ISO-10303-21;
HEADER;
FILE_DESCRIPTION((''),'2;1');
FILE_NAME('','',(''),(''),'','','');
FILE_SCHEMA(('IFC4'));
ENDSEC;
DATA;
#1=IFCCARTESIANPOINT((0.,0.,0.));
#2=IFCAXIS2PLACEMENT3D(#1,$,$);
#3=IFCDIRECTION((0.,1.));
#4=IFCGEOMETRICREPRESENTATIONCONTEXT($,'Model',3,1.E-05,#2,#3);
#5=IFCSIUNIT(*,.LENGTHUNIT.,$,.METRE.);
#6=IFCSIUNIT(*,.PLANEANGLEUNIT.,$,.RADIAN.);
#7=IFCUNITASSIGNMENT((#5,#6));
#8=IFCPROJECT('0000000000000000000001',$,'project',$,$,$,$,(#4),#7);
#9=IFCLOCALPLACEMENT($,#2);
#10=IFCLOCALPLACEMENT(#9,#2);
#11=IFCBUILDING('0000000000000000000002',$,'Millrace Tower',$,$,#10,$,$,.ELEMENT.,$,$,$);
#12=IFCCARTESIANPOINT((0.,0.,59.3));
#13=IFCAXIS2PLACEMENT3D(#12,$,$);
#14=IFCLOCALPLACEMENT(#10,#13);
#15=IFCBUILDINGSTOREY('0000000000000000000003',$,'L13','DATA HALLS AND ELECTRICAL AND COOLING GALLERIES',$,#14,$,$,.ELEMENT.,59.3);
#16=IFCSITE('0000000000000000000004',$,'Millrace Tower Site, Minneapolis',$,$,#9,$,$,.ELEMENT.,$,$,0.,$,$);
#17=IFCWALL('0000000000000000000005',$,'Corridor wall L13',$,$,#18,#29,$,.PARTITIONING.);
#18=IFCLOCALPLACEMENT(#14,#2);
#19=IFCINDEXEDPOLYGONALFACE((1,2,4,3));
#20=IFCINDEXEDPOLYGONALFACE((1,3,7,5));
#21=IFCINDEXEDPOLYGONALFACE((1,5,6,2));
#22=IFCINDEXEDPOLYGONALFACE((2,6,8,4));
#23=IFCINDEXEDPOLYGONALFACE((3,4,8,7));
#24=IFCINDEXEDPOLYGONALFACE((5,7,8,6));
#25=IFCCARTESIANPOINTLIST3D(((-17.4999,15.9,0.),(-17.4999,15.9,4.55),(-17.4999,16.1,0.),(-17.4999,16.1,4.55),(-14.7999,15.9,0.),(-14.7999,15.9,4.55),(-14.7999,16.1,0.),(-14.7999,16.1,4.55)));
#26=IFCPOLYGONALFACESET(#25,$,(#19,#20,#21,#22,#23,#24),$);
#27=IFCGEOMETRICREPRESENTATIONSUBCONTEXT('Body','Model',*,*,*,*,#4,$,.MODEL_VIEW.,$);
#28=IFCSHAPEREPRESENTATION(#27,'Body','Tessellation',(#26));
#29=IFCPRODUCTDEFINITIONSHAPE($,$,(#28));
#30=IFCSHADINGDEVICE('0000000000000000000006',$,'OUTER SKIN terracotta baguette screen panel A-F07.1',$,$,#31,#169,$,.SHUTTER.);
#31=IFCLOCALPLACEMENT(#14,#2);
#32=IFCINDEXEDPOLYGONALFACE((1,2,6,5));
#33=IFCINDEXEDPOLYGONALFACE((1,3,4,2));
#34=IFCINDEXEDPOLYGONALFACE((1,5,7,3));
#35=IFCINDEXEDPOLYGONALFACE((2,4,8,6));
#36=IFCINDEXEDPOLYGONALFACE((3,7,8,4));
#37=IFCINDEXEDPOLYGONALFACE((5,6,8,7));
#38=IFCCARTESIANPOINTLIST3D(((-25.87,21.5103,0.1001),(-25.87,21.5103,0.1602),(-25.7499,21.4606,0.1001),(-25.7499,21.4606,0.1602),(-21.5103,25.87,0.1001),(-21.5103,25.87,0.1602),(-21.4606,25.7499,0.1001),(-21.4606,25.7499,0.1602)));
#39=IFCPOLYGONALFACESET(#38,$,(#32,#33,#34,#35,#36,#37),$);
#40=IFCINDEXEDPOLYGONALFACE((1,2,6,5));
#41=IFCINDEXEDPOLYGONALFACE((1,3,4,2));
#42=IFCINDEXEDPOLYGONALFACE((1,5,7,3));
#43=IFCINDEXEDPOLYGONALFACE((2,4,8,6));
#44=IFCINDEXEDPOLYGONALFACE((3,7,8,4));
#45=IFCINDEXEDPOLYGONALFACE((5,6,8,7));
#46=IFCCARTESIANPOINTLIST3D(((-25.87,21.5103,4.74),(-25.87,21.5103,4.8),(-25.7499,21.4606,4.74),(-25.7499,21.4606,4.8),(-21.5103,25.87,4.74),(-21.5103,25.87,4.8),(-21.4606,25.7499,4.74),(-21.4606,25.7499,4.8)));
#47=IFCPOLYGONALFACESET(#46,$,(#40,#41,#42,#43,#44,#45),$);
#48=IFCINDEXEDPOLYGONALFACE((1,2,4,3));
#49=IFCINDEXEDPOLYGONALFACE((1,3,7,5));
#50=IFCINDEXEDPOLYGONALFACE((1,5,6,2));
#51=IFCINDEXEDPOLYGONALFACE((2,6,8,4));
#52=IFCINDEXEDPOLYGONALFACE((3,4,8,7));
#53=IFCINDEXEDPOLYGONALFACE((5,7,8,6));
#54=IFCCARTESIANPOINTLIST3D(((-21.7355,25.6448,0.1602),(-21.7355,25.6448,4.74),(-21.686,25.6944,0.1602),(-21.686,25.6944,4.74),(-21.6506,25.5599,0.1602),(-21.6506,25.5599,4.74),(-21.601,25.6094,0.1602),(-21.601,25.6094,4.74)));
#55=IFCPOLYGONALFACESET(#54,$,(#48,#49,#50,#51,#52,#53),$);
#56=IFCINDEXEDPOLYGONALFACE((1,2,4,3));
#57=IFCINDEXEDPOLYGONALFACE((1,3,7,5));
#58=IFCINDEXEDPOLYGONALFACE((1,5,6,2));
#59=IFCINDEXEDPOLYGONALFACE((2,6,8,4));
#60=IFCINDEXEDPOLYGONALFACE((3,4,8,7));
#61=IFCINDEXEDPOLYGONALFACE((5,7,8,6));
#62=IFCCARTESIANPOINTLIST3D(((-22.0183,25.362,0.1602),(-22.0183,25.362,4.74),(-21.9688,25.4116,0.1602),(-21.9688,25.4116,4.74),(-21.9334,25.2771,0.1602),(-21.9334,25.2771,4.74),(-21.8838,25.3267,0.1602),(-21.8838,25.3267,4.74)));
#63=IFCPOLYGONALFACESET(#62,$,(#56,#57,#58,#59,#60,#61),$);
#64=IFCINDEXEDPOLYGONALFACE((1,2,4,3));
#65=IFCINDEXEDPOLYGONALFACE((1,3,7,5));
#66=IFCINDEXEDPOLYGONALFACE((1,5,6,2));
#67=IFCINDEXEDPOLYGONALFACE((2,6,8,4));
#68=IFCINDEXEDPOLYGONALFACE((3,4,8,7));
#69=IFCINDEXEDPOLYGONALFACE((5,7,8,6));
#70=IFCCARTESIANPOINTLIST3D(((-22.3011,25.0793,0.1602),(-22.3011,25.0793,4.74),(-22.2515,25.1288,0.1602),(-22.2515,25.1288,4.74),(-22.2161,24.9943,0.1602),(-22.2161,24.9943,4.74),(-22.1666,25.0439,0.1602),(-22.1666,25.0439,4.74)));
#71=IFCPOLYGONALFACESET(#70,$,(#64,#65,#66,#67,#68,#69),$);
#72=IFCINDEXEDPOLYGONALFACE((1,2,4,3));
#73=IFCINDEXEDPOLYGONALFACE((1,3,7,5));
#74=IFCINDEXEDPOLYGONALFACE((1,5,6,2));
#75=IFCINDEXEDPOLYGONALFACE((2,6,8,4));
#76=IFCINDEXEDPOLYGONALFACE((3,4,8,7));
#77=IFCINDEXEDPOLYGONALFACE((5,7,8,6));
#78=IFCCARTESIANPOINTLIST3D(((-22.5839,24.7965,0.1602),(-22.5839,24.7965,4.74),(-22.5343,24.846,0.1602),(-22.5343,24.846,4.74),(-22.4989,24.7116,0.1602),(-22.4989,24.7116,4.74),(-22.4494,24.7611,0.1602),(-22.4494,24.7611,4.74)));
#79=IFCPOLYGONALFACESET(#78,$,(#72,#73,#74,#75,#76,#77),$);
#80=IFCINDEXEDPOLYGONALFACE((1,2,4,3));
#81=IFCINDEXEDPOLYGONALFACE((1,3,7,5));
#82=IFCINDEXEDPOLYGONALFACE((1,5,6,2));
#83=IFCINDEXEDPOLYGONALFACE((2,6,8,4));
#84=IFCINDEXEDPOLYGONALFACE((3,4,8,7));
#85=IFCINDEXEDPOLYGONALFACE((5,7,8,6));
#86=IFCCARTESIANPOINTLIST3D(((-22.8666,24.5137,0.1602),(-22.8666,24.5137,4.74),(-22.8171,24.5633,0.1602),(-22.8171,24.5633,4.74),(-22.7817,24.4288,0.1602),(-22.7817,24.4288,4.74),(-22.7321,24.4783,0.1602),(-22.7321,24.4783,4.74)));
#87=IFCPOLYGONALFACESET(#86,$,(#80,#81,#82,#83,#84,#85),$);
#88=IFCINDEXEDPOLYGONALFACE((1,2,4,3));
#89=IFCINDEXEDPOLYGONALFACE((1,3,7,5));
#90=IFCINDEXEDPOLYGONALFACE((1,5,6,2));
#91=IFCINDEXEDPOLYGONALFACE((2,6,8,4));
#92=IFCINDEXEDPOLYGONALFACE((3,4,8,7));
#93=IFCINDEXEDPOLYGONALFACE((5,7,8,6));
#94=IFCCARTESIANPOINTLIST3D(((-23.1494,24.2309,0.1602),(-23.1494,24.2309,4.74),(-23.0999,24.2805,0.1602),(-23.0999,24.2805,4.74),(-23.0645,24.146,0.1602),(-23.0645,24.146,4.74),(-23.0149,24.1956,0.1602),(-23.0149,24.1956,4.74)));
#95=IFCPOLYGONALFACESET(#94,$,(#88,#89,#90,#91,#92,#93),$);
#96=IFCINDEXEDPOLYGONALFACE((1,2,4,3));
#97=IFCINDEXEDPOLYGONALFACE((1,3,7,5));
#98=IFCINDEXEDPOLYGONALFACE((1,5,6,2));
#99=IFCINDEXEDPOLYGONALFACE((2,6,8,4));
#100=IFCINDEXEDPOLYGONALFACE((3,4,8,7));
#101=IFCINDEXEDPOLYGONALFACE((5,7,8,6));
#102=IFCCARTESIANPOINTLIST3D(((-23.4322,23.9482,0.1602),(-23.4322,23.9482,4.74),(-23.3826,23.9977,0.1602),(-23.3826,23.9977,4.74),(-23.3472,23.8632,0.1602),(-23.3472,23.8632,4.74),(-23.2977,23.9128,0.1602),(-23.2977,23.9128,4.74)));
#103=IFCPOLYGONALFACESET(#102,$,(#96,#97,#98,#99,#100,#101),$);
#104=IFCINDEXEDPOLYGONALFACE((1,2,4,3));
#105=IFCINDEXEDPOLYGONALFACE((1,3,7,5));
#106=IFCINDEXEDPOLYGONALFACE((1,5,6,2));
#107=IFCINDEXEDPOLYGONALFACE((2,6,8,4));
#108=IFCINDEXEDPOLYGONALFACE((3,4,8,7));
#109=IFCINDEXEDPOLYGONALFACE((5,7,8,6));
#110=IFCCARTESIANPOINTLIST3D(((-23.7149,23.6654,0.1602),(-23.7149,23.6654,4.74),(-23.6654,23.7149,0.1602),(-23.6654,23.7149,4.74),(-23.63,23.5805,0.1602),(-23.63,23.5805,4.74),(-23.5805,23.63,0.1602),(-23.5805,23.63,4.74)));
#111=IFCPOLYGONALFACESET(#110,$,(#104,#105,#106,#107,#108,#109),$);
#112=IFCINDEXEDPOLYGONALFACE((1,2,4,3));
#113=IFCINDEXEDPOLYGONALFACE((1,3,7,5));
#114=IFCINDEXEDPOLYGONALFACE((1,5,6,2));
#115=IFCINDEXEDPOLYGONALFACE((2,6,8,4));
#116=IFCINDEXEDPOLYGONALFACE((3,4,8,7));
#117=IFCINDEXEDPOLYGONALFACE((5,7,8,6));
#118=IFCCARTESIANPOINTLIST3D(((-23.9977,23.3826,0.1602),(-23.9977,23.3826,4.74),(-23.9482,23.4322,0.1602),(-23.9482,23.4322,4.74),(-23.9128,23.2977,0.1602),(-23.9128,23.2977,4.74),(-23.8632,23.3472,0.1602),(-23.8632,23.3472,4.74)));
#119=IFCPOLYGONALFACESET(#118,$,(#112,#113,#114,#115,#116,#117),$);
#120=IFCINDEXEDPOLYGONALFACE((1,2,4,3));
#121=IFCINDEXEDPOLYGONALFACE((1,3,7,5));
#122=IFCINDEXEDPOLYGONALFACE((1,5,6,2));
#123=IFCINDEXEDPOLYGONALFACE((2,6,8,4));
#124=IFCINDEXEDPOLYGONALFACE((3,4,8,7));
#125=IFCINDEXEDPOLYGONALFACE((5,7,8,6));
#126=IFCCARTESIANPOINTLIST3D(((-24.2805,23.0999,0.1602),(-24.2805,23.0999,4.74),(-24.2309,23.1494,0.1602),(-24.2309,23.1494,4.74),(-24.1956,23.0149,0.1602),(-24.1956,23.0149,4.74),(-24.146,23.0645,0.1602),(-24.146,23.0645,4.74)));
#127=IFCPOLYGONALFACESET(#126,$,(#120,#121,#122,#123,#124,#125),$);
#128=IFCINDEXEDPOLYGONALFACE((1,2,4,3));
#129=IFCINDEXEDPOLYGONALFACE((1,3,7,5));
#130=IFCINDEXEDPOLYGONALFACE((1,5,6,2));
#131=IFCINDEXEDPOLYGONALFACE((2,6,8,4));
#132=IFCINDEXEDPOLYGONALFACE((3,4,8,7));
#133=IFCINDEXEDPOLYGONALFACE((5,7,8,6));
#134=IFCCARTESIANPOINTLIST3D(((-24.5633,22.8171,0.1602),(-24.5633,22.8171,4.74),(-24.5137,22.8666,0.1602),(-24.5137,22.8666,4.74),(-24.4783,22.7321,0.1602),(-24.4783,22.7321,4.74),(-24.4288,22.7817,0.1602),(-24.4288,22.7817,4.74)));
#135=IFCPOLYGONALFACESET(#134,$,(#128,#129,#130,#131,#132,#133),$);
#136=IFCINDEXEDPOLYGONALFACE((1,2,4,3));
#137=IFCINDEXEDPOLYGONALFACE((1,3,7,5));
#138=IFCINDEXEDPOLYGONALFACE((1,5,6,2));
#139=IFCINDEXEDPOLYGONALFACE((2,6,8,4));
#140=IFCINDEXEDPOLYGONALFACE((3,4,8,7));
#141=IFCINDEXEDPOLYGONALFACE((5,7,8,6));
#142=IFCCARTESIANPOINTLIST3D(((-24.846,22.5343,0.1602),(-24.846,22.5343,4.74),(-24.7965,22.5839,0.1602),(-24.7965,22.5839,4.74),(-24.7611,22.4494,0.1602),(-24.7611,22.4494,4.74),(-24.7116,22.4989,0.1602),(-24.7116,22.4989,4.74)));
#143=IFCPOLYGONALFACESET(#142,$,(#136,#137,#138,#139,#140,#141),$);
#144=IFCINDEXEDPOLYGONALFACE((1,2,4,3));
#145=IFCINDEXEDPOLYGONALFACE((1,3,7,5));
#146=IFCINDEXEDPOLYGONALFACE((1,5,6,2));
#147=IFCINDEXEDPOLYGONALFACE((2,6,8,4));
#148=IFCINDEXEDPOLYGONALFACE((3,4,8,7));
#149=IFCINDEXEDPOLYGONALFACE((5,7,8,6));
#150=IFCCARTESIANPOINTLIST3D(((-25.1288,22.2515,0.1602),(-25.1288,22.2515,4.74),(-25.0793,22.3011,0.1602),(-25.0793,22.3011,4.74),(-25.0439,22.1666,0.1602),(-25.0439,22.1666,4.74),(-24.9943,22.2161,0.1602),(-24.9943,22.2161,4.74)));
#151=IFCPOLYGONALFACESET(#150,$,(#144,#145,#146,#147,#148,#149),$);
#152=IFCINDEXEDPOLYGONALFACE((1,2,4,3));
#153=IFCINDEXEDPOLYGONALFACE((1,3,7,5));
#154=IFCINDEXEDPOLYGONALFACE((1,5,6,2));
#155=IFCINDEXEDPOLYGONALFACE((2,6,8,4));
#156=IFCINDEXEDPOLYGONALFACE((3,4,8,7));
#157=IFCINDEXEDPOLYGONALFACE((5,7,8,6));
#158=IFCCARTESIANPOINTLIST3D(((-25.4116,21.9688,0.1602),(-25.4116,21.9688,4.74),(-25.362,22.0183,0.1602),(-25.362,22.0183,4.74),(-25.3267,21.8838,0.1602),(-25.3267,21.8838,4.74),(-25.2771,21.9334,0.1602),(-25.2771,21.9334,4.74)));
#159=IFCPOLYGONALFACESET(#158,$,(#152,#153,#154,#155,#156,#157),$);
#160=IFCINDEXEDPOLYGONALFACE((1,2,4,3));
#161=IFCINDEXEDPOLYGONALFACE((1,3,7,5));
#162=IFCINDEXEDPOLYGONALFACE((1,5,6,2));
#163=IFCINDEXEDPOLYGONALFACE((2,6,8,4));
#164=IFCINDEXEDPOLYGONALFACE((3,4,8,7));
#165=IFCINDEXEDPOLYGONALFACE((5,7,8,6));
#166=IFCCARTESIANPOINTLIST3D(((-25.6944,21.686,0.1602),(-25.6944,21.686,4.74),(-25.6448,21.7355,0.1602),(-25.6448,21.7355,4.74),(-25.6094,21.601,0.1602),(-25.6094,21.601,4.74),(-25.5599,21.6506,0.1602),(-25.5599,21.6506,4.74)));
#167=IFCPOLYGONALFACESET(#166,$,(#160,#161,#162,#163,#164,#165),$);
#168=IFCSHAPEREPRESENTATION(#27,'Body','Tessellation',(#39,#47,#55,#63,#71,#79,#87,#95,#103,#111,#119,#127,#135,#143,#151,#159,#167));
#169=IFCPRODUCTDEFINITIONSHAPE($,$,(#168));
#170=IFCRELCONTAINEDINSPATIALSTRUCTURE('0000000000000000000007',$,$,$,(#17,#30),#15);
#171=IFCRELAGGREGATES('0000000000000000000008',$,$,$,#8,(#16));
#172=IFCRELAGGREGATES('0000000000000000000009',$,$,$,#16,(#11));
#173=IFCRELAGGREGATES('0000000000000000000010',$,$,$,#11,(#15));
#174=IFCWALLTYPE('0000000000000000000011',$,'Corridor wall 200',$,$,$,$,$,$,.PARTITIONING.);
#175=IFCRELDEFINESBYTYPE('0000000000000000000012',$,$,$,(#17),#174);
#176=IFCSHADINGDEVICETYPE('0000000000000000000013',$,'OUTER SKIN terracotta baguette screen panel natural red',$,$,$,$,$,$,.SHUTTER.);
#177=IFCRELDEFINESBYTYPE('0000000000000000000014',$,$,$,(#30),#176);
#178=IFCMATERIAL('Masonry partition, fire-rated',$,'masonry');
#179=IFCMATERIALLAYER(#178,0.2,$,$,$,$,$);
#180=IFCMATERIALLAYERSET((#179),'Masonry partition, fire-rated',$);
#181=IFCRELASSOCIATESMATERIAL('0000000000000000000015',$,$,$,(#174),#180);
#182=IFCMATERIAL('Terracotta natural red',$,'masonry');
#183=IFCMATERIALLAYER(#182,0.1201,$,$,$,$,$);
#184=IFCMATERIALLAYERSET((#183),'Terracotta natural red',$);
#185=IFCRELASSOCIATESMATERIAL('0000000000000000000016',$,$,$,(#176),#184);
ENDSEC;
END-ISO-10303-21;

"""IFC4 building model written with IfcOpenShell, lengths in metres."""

from ifc_helpers import new_model, entity, si_unit, direction, frame, frame_2d, origin, origin_2d, place, context, subcontext, project, spatial, rectangle, extrude, source, transform, mapped, material, layer, layer_set, type_object, element, save


model = new_model("IFC4")

# Units and contexts
model_context = context("Model", 3, precision=1e-05, world=origin(), true_north=direction((0.0, 1.0)))
body_context = subcontext(model_context, "Body", "Model", "MODEL_VIEW")
ifc_project = project(units=[si_unit("LENGTHUNIT", "METRE"), si_unit("PLANEANGLEUNIT", "RADIAN")], contexts=[model_context])

# Site, building, storey
site_placement = place(None, origin())
site = spatial("IfcSite", under=ifc_project, at=site_placement, Name="Millrace Tower Site, Minneapolis", CompositionType="ELEMENT", RefElevation=0.0)
building_placement = place(site_placement, origin())
building = spatial("IfcBuilding", under=site, at=building_placement, Name="Millrace Tower", CompositionType="ELEMENT")
storey_placement = place(building_placement, frame((0.0, 0.0, 59.3)))
storey = spatial("IfcBuildingStorey", under=building, at=storey_placement, Name="L13", Description="DATA HALLS AND ELECTRICAL AND COOLING GALLERIES", CompositionType="ELEMENT", Elevation=59.3)

# Wall
ifc_material_1 = material(Name="Masonry partition, fire-rated", Category="masonry")
ifc_layer_1 = layer(ifc_material_1, 0.2)
ifc_layer_set_1 = layer_set([ifc_layer_1], Name="Masonry partition, fire-rated")
wall_type = type_object("IfcWallType", Name="Corridor wall 200", PredefinedType="PARTITIONING", material=ifc_layer_set_1)
wall_placement = place(storey_placement, frame((-17.5, 16.0, 0.0), z_axis=(0.0, 0.0, 1.0), x_axis=(1.0, 0.0, 0.0)))
element("IfcWall", 1, at=wall_placement, inside=storey, type_object=wall_type, Name="Corridor wall L13", PredefinedType="PARTITIONING", context=body_context, shape_type="SweptSolid", body=[
    extrude(rectangle(XDim=2.7, YDim=0.2, at=frame_2d((1.3501, 0.0))), origin(), (0.0, 0.0, 1.0), 4.55),
])

# Shading device
ifc_material_2 = material(Name="Terracotta natural red", Category="masonry")
ifc_layer_2 = layer(ifc_material_2, 0.1201)
ifc_layer_set_2 = layer_set([ifc_layer_2], Name="Terracotta natural red")
shading_device_type_1 = type_object("IfcShadingDeviceType", Name="OUTER SKIN terracotta baguette screen panel natural red", PredefinedType="SHUTTER", material=ifc_layer_set_2)
cartesian_point_1 = entity("IfcCartesianPoint", [-3.033, 0.0601])
shared_polyline_1 = entity("IfcPolyline", [cartesian_point_1, entity("IfcCartesianPoint", [3.033, 0.0601]), entity("IfcCartesianPoint", [3.0828, -0.0601]), entity("IfcCartesianPoint", [-3.0828, -0.0601]), cartesian_point_1])
shared_shape_1 = source(origin(), body_context, "Body", "SweptSolid", [
    entity("IfcExtrudedAreaSolid", entity("IfcArbitraryClosedProfileDef", "AREA", None, shared_polyline_1), entity("IfcAxis2Placement3D", entity("IfcCartesianPoint", [0.0, 0.0, 0.0])), entity("IfcDirection", [0.0, 0.0, 1.0]), 0.0601),
    entity("IfcExtrudedAreaSolid", entity("IfcArbitraryClosedProfileDef", "AREA", None, shared_polyline_1), entity("IfcAxis2Placement3D", entity("IfcCartesianPoint", [0.0, 0.0, 4.6399])), entity("IfcDirection", [0.0, 0.0, 1.0]), 0.0601),
    extrude(rectangle(XDim=0.0701, YDim=0.1201, at=frame_2d((-2.7993, 0.0))), frame((0.0, 0.0, 0.0601)), (0.0, 0.0, 1.0), 4.5798),
    extrude(rectangle(XDim=0.0701, YDim=0.1201, at=frame_2d((-2.3994, 0.0))), frame((0.0, 0.0, 0.0601)), (0.0, 0.0, 1.0), 4.5798),
    extrude(rectangle(XDim=0.0701, YDim=0.1201, at=frame_2d((-1.9995, 0.0))), frame((0.0, 0.0, 0.0601)), (0.0, 0.0, 1.0), 4.5798),
    extrude(rectangle(XDim=0.0701, YDim=0.1201, at=frame_2d((-1.5996, 0.0))), frame((0.0, 0.0, 0.0601)), (0.0, 0.0, 1.0), 4.5798),
    extrude(rectangle(XDim=0.0701, YDim=0.1201, at=frame_2d((-1.1997, 0.0))), frame((0.0, 0.0, 0.0601)), (0.0, 0.0, 1.0), 4.5798),
    extrude(rectangle(XDim=0.0701, YDim=0.1201, at=frame_2d((-0.7998, 0.0))), frame((0.0, 0.0, 0.0601)), (0.0, 0.0, 1.0), 4.5798),
    extrude(rectangle(XDim=0.0701, YDim=0.1201, at=frame_2d((-0.3999, 0.0))), frame((0.0, 0.0, 0.0601)), (0.0, 0.0, 1.0), 4.5798),
    extrude(rectangle(XDim=0.0701, YDim=0.1201, at=origin_2d()), frame((0.0, 0.0, 0.0601)), (0.0, 0.0, 1.0), 4.5798),
    extrude(rectangle(XDim=0.0701, YDim=0.1201, at=frame_2d((0.3999, 0.0))), frame((0.0, 0.0, 0.0601)), (0.0, 0.0, 1.0), 4.5798),
    extrude(rectangle(XDim=0.0701, YDim=0.1201, at=frame_2d((0.7998, 0.0))), frame((0.0, 0.0, 0.0601)), (0.0, 0.0, 1.0), 4.5798),
    extrude(rectangle(XDim=0.0701, YDim=0.1201, at=frame_2d((1.1997, 0.0))), frame((0.0, 0.0, 0.0601)), (0.0, 0.0, 1.0), 4.5798),
    extrude(rectangle(XDim=0.0701, YDim=0.1201, at=frame_2d((1.5996, 0.0))), frame((0.0, 0.0, 0.0601)), (0.0, 0.0, 1.0), 4.5798),
    extrude(rectangle(XDim=0.0701, YDim=0.1201, at=frame_2d((1.9995, 0.0))), frame((0.0, 0.0, 0.0601)), (0.0, 0.0, 1.0), 4.5798),
    extrude(rectangle(XDim=0.0701, YDim=0.1201, at=frame_2d((2.3994, 0.0))), frame((0.0, 0.0, 0.0601)), (0.0, 0.0, 1.0), 4.5798),
    extrude(rectangle(XDim=0.0701, YDim=0.1201, at=frame_2d((2.7993, 0.0))), frame((0.0, 0.0, 0.0601)), (0.0, 0.0, 1.0), 4.5798),
])
shading_device_1_placement = place(storey_placement, frame((-23.6477, 23.6477, 0.1001), z_axis=(0.0, 0.0, 1.0), x_axis=(-0.707107, -0.707107, 0.0)))
element("IfcShadingDevice", 2, at=shading_device_1_placement, inside=storey, type_object=shading_device_type_1, Name="OUTER SKIN terracotta baguette screen panel A-F07.1", PredefinedType="SHUTTER", context=body_context, shape_type="MappedRepresentation", body=[
    mapped(shared_shape_1, transform((0.0, 0.0, 0.0), scale=1.0)),
])

save(model, "model.ifc")
